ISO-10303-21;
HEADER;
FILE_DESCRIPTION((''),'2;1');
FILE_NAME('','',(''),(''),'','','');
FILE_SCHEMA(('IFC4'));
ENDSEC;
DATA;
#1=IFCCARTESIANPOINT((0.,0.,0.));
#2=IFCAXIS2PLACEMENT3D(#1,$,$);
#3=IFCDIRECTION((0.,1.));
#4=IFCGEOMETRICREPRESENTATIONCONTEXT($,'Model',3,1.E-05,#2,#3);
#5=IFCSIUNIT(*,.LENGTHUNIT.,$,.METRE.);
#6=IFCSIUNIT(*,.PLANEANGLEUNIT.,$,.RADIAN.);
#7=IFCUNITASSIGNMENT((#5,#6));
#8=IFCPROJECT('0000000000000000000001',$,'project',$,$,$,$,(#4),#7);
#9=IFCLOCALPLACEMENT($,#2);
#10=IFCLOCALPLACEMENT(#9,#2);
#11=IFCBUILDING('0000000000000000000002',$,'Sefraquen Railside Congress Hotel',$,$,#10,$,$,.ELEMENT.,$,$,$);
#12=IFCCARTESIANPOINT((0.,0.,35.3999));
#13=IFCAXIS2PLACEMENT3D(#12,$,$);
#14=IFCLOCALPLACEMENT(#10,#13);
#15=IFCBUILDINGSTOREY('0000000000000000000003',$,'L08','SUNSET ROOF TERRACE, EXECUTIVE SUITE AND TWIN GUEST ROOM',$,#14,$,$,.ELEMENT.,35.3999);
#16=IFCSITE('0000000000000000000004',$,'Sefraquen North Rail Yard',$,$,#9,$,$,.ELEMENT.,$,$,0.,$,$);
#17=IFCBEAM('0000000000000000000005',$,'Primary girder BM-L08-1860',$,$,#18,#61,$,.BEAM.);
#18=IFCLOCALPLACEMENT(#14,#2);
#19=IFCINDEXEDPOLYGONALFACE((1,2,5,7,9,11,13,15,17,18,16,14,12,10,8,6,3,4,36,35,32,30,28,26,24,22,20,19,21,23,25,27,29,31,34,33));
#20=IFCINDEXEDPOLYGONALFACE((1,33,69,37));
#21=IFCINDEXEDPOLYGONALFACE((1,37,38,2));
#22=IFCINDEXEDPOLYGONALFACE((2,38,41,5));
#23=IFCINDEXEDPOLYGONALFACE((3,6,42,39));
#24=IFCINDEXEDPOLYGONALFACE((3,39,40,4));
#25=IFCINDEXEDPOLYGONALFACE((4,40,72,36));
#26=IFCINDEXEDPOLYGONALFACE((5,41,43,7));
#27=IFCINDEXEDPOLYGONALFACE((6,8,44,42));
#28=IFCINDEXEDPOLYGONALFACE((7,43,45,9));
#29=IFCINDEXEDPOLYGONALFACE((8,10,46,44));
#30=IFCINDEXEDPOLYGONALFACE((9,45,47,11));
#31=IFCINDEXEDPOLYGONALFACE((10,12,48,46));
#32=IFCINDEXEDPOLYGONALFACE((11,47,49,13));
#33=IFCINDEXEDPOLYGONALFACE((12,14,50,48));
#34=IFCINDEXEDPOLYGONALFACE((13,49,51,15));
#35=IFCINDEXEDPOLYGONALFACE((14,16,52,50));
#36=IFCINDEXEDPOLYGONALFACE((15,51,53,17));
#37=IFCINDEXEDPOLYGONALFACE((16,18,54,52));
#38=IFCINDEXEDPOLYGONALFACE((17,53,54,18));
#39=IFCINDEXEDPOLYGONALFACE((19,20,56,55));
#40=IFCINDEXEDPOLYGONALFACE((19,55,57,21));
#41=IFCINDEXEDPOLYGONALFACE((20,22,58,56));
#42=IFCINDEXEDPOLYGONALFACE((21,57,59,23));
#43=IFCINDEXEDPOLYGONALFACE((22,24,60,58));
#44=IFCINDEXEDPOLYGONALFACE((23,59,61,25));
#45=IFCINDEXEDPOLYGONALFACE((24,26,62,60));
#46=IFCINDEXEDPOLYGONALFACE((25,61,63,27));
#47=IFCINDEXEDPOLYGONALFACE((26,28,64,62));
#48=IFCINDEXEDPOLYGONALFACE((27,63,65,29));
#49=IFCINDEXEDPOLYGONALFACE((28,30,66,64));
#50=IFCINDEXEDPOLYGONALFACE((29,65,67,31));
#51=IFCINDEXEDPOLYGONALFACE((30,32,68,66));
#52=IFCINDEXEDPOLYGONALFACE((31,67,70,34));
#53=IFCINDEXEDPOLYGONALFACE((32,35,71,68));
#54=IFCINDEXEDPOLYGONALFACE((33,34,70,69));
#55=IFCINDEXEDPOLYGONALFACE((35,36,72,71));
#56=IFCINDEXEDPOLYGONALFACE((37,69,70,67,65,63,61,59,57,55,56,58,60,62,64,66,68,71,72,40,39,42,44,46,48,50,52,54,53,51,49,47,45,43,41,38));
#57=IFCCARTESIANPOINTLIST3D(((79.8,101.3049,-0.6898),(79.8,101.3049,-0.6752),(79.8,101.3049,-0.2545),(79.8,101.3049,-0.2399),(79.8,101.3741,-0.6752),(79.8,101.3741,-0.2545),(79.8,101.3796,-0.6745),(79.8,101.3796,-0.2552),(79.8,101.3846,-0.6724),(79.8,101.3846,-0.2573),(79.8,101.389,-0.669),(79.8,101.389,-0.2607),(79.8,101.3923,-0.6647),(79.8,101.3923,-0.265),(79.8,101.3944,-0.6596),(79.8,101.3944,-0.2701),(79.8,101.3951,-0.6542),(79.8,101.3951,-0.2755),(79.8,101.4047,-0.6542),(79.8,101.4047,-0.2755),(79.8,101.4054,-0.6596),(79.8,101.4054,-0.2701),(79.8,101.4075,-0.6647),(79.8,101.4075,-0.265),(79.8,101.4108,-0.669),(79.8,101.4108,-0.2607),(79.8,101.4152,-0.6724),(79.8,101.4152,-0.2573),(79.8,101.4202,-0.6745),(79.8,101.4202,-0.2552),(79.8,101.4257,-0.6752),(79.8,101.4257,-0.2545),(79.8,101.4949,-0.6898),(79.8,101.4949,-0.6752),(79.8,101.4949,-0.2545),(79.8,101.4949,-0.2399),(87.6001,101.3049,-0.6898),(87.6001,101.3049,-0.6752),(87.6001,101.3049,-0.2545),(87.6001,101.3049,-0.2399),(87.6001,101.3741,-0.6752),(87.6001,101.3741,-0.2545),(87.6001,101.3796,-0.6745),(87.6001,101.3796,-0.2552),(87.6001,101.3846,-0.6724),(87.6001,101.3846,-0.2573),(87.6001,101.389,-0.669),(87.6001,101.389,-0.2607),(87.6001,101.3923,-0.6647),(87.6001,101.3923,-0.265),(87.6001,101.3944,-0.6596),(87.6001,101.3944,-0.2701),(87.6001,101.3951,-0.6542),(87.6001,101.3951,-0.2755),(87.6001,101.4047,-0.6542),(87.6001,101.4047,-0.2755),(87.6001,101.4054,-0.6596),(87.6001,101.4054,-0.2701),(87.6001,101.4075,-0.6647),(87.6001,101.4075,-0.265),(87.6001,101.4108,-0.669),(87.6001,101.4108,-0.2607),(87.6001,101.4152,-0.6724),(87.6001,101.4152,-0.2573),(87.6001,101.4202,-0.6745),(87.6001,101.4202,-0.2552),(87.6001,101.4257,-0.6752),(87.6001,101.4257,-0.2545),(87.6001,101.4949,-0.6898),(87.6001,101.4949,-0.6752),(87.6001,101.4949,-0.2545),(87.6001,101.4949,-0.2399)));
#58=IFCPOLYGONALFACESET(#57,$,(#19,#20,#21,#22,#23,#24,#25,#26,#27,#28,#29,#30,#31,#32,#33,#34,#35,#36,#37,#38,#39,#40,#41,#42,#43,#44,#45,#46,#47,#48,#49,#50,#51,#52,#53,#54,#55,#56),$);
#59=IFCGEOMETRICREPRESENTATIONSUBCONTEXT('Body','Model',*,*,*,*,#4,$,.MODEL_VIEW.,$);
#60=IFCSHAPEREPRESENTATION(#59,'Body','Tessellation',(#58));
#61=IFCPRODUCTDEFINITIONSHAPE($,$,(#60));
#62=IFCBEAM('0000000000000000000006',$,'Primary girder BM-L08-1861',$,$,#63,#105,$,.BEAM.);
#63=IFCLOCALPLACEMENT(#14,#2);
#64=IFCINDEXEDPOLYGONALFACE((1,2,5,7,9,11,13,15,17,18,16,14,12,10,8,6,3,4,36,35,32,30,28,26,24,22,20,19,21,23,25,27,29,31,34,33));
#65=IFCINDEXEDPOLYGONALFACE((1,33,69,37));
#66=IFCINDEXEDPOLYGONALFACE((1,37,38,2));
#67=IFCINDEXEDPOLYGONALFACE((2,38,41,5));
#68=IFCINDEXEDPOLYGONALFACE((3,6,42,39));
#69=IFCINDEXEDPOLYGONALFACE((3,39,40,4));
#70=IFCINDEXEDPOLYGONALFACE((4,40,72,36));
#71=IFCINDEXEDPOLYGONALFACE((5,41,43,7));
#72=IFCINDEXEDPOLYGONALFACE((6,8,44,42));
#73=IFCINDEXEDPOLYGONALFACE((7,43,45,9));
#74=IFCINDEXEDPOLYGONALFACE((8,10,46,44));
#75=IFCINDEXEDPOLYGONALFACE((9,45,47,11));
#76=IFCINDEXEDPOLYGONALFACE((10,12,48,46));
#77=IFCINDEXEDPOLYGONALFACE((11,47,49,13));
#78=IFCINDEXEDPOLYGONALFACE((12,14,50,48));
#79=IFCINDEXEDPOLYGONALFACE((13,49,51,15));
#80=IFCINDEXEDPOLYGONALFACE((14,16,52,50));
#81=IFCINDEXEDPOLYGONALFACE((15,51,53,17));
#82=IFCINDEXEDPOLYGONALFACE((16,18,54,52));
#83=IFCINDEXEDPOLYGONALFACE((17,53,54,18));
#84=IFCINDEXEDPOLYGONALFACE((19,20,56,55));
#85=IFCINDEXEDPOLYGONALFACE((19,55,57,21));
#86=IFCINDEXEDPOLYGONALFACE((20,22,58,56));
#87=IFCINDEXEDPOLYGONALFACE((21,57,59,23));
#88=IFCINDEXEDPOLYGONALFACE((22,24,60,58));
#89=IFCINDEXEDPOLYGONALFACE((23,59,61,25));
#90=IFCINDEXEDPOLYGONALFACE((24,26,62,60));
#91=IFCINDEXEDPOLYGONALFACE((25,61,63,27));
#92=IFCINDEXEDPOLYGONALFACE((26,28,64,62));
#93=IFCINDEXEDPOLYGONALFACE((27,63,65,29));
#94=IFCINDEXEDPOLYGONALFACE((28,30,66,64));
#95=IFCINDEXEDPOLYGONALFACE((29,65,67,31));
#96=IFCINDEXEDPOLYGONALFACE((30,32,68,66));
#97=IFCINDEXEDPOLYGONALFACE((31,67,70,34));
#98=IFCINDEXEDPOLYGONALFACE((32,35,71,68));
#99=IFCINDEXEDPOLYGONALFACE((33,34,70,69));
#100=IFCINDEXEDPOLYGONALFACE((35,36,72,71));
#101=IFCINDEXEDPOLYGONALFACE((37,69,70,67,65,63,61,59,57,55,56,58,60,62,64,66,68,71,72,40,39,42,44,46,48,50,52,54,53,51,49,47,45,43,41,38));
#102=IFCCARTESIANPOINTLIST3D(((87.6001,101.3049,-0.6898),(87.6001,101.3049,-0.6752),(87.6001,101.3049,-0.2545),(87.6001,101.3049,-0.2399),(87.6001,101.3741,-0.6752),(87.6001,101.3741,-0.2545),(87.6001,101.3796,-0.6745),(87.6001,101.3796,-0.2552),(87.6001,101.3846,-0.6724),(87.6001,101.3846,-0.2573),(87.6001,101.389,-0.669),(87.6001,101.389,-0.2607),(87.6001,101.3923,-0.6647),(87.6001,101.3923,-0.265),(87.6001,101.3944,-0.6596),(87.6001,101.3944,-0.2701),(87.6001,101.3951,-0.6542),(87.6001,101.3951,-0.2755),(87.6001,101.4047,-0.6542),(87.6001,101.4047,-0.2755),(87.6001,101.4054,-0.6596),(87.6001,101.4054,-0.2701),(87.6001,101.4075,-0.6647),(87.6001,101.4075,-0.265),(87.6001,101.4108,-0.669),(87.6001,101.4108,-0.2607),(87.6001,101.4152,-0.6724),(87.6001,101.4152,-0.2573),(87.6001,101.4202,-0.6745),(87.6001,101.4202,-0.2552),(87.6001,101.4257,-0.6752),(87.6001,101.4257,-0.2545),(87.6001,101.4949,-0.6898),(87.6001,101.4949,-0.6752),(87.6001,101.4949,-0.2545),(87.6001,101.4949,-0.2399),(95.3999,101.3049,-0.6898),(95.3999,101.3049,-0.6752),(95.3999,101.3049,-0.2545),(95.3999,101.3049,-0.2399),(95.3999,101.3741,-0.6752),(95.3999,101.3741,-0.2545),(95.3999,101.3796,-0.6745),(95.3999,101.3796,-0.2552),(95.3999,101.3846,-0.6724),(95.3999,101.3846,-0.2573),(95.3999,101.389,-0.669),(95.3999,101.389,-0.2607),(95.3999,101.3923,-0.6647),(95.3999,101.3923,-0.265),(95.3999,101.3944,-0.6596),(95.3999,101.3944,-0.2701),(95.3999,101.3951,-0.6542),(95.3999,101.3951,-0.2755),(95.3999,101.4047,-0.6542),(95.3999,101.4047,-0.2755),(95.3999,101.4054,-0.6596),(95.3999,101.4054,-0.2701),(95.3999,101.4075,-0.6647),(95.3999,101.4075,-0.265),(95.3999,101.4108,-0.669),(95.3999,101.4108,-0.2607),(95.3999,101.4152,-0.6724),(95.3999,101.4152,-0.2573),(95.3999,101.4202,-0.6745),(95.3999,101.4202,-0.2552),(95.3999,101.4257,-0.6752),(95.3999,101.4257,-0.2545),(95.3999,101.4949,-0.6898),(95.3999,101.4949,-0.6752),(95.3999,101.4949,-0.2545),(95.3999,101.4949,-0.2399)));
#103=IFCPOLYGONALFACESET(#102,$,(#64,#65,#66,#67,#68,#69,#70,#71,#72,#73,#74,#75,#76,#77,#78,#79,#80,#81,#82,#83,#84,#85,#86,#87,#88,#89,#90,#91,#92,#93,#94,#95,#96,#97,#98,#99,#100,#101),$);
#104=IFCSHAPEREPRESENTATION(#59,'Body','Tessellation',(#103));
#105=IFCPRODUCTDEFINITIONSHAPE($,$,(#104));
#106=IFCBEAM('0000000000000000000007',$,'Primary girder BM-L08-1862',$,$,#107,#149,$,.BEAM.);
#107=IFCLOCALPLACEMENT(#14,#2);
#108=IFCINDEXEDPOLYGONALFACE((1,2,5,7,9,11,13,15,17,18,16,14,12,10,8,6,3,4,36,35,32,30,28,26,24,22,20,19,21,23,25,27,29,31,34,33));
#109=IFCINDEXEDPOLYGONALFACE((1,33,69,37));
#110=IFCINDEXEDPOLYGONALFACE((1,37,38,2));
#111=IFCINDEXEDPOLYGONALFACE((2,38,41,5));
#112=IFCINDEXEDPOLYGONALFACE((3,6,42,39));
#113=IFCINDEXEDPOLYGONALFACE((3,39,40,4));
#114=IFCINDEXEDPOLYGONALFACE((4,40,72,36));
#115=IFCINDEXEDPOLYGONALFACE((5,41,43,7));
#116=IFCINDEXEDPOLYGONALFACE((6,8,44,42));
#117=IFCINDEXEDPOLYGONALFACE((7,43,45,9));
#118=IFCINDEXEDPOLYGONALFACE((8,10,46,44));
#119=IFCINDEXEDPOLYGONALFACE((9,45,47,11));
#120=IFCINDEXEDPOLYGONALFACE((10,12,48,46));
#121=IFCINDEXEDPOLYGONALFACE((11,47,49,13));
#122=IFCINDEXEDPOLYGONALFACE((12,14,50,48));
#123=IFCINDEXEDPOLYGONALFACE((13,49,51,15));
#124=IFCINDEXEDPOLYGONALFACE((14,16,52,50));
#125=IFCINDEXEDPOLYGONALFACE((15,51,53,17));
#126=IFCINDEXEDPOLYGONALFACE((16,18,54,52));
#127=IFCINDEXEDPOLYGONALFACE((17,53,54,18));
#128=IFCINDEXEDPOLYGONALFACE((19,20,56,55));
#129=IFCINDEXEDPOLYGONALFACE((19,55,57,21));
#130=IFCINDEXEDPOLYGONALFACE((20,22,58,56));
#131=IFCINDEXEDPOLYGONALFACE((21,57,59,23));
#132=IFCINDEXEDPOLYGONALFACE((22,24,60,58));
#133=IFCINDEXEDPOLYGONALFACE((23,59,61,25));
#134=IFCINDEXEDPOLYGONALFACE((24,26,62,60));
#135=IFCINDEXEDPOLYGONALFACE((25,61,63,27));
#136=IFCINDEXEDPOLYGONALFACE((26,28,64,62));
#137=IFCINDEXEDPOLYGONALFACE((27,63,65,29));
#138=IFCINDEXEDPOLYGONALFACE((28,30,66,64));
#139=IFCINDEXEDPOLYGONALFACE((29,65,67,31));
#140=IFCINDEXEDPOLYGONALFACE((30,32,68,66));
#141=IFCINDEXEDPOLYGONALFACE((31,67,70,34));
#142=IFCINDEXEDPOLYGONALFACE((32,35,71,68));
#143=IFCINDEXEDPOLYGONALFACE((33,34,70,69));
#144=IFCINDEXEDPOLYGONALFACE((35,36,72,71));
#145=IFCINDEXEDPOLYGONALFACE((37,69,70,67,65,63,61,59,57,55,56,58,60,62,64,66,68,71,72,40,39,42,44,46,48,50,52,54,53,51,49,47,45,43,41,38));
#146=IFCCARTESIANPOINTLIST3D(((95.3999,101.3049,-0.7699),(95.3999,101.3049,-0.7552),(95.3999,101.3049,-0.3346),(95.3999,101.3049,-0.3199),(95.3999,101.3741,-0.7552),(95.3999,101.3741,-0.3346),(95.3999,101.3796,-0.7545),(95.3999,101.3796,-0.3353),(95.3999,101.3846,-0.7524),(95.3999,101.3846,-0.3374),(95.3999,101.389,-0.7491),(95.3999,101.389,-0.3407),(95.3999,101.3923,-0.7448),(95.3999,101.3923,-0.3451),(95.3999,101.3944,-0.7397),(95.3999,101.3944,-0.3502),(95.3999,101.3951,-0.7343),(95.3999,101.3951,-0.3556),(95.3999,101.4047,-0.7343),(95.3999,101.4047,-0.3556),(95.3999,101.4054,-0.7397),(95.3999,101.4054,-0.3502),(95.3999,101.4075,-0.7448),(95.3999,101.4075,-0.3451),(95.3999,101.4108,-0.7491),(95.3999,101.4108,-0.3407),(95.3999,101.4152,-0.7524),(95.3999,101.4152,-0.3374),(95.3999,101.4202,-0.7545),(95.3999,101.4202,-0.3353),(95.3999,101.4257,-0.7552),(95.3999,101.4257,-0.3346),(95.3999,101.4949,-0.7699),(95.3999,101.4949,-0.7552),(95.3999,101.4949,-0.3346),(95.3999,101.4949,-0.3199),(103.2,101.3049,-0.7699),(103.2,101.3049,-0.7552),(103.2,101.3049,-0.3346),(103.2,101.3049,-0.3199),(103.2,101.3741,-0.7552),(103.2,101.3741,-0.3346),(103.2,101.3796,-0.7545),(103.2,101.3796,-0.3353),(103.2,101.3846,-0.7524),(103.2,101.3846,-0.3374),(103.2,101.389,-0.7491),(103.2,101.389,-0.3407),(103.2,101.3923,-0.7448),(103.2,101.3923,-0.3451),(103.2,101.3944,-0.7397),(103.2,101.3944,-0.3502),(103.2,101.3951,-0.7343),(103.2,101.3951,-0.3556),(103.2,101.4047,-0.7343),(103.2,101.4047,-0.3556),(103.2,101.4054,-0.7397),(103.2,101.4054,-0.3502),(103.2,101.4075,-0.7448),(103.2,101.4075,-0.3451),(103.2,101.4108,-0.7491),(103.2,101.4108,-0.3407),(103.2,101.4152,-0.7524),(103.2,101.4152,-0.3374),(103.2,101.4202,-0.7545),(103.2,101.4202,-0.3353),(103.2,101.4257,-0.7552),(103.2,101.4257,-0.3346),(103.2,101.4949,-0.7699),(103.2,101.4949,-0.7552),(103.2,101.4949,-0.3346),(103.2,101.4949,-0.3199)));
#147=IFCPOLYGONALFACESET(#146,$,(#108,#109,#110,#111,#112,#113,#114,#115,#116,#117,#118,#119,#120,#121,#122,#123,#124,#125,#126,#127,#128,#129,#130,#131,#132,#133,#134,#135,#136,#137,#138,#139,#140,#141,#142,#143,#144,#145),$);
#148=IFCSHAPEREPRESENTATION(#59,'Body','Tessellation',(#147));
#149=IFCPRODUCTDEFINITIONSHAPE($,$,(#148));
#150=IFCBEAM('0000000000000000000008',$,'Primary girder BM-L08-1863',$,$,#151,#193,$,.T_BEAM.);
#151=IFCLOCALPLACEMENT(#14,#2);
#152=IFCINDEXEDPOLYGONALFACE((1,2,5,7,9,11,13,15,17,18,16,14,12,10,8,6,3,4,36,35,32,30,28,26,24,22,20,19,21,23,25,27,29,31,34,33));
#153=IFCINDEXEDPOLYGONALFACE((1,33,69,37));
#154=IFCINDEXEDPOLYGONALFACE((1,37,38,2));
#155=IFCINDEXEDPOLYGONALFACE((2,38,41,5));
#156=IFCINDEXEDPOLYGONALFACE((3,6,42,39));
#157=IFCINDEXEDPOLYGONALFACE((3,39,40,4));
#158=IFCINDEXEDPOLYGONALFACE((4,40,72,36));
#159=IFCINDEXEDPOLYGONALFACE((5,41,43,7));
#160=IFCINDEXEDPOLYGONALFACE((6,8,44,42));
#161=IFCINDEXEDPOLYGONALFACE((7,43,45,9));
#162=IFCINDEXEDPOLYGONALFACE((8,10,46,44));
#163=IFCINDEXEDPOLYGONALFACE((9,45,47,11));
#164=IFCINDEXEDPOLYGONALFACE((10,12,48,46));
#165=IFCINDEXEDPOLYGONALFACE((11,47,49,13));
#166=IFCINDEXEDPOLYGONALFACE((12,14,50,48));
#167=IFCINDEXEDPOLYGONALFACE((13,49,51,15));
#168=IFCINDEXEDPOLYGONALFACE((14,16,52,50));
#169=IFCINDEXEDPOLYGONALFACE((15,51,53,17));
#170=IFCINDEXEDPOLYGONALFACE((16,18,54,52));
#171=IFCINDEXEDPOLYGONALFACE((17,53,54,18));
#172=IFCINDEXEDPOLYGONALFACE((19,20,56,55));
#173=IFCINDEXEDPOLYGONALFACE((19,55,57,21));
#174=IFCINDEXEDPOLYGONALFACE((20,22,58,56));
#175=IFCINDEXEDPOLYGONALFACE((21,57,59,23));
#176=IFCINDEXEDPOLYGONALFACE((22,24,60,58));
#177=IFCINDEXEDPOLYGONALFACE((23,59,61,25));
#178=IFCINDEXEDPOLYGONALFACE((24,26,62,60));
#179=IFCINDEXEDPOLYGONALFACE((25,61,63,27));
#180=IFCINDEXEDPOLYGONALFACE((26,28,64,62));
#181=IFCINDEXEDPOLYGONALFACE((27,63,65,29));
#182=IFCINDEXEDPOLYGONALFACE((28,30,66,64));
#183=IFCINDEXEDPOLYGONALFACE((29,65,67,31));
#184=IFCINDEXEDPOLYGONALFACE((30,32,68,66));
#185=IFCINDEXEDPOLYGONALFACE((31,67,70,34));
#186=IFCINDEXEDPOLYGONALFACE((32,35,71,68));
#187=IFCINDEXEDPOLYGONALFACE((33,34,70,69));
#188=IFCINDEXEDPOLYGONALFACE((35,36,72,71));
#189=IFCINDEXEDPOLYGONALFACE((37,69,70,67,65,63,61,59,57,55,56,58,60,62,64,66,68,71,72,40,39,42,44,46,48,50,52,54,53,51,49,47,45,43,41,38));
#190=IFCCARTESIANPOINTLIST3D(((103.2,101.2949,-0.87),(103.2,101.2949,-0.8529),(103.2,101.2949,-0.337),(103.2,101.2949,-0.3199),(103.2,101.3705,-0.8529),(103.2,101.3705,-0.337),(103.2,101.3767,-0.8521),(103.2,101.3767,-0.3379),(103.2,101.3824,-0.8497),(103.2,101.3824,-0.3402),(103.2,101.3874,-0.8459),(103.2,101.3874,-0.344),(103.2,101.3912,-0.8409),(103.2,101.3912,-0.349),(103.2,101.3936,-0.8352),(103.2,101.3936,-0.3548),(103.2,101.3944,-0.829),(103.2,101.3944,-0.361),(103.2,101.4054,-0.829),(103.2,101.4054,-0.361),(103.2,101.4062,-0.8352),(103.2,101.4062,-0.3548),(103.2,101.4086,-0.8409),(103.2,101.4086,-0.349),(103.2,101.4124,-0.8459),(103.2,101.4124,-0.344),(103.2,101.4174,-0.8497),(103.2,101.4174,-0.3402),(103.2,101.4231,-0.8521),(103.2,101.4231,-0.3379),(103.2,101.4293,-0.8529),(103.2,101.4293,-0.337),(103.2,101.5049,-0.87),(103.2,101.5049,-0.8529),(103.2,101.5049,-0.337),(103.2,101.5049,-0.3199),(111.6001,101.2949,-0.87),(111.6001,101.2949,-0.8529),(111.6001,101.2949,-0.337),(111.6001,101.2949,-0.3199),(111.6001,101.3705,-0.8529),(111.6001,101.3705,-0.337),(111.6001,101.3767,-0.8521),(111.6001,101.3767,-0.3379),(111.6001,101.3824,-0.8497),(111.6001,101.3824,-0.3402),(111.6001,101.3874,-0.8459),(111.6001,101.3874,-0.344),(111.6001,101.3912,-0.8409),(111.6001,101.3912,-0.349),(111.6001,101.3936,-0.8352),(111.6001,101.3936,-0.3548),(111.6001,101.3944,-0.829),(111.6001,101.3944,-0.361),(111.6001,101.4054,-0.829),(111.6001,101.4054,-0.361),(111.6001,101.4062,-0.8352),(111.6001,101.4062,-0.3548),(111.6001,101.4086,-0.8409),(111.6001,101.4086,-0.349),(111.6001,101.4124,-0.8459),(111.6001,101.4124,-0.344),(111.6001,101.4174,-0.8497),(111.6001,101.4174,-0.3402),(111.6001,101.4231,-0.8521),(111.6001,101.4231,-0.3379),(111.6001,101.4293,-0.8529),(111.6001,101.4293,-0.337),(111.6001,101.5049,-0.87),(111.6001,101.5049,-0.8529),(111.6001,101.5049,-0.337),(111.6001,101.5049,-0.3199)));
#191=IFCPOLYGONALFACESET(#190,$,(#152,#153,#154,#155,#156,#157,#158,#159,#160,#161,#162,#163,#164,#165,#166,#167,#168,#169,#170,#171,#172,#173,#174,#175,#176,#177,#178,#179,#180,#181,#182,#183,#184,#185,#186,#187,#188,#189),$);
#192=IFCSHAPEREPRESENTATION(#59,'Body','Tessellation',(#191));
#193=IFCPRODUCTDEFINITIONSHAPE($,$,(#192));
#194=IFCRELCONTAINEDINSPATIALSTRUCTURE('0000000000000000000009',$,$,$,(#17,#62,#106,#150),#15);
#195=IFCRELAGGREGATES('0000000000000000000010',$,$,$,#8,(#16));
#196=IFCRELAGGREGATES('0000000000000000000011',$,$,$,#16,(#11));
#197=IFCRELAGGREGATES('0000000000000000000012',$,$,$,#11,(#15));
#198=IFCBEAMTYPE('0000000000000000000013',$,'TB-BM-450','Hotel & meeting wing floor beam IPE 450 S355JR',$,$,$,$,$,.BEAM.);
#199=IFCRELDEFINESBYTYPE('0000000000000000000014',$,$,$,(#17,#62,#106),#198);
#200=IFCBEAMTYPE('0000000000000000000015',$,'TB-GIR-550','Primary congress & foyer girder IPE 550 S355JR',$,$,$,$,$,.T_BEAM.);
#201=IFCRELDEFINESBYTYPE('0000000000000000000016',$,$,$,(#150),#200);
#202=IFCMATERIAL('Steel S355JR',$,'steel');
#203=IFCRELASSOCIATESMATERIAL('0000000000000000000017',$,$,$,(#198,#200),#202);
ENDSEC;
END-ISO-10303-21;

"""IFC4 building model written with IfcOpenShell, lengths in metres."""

from ifc_helpers import new_model, si_unit, direction, frame, origin, origin_2d, place, context, subcontext, project, spatial, i_section, extrude, material, material_profile, profile_set, type_object, element, save


model = new_model("IFC4")

# Units and contexts
model_context = context("Model", 3, precision=1e-05, world=origin(), true_north=direction((0.0, 1.0)))
body_context = subcontext(model_context, "Body", "Model", "MODEL_VIEW")
ifc_project = project(units=[si_unit("LENGTHUNIT", "METRE"), si_unit("PLANEANGLEUNIT", "RADIAN")], contexts=[model_context])

# Site, building, storey
site_placement = place(None, origin())
site = spatial("IfcSite", under=ifc_project, at=site_placement, Name="Sefraquen North Rail Yard", CompositionType="ELEMENT", RefElevation=0.0)
building_placement = place(site_placement, origin())
building = spatial("IfcBuilding", under=site, at=building_placement, Name="Sefraquen Railside Congress Hotel", CompositionType="ELEMENT")
storey_placement = place(building_placement, frame((0.0, 0.0, 35.3999)))
storey = spatial("IfcBuildingStorey", under=building, at=storey_placement, Name="L08", Description="SUNSET ROOF TERRACE, EXECUTIVE SUITE AND TWIN GUEST ROOM", CompositionType="ELEMENT", Elevation=35.3999)

# Shared definitions
ifc_material_1 = material(Name="Steel S355JR", Category="steel")

# Beams
ifc_material_profile_1 = material_profile(ifc_material_1, i_section(OverallWidth=0.1899, OverallDepth=0.45, WebThickness=0.0095, FlangeThickness=0.0146, FilletRadius=0.021, at=origin_2d()), Name="IPE 450")
ifc_profile_set_1 = profile_set([ifc_material_profile_1], Name="Steel S355JR")
beam_type_1 = type_object("IfcBeamType", Name="TB-BM-450", Description="Hotel & meeting wing floor beam IPE 450 S355JR", PredefinedType="BEAM", material=ifc_profile_set_1)
beam_1_placement = place(storey_placement, frame((79.8, 101.3999, -0.4648), z_axis=(1.0, 0.0, 0.0), x_axis=(0.0, 1.0, 0.0)))
element("IfcBeam", 1, at=beam_1_placement, inside=storey, type_object=beam_type_1, Name="Primary girder BM-L08-1860", PredefinedType="BEAM", context=body_context, shape_type="SweptSolid", body=[
    extrude(i_section(OverallWidth=0.1899, OverallDepth=0.45, WebThickness=0.0095, FlangeThickness=0.0146, FilletRadius=0.021, at=origin_2d()), origin(), (0.0, 0.0, 1.0), 7.8),
])
beam_2_placement = place(storey_placement, frame((87.6001, 101.3999, -0.4648), z_axis=(1.0, 0.0, 0.0), x_axis=(0.0, 1.0, 0.0)))
element("IfcBeam", 2, at=beam_2_placement, inside=storey, type_object=beam_type_1, Name="Primary girder BM-L08-1861", PredefinedType="BEAM", context=body_context, shape_type="SweptSolid", body=[
    extrude(i_section(OverallWidth=0.1899, OverallDepth=0.45, WebThickness=0.0095, FlangeThickness=0.0146, FilletRadius=0.021, at=origin_2d()), origin(), (0.0, 0.0, 1.0), 7.7998),
])
beam_3_placement = place(storey_placement, frame((95.3999, 101.3999, -0.5449), z_axis=(1.0, 0.0, 0.0), x_axis=(0.0, 1.0, 0.0)))
element("IfcBeam", 3, at=beam_3_placement, inside=storey, type_object=beam_type_1, Name="Primary girder BM-L08-1862", PredefinedType="BEAM", context=body_context, shape_type="SweptSolid", body=[
    extrude(i_section(OverallWidth=0.1899, OverallDepth=0.45, WebThickness=0.0095, FlangeThickness=0.0146, FilletRadius=0.021, at=origin_2d()), origin(), (0.0, 0.0, 1.0), 7.8),
])
ifc_material_profile_2 = material_profile(ifc_material_1, i_section(OverallWidth=0.21, OverallDepth=0.55, WebThickness=0.011, FlangeThickness=0.0171, FilletRadius=0.0239, at=origin_2d()), Name="IPE 550")
ifc_profile_set_2 = profile_set([ifc_material_profile_2], Name="Steel S355JR")
beam_type_2 = type_object("IfcBeamType", Name="TB-GIR-550", Description="Primary congress & foyer girder IPE 550 S355JR", PredefinedType="T_BEAM", material=ifc_profile_set_2)
beam_4_placement = place(storey_placement, frame((103.2, 101.3999, -0.595), z_axis=(1.0, 0.0, 0.0), x_axis=(0.0, 1.0, 0.0)))
element("IfcBeam", 4, at=beam_4_placement, inside=storey, type_object=beam_type_2, Name="Primary girder BM-L08-1863", PredefinedType="T_BEAM", context=body_context, shape_type="SweptSolid", body=[
    extrude(i_section(OverallWidth=0.21, OverallDepth=0.55, WebThickness=0.011, FlangeThickness=0.0171, FilletRadius=0.0239, at=origin_2d()), origin(), (0.0, 0.0, 1.0), 8.4001),
])

save(model, "model.ifc")
